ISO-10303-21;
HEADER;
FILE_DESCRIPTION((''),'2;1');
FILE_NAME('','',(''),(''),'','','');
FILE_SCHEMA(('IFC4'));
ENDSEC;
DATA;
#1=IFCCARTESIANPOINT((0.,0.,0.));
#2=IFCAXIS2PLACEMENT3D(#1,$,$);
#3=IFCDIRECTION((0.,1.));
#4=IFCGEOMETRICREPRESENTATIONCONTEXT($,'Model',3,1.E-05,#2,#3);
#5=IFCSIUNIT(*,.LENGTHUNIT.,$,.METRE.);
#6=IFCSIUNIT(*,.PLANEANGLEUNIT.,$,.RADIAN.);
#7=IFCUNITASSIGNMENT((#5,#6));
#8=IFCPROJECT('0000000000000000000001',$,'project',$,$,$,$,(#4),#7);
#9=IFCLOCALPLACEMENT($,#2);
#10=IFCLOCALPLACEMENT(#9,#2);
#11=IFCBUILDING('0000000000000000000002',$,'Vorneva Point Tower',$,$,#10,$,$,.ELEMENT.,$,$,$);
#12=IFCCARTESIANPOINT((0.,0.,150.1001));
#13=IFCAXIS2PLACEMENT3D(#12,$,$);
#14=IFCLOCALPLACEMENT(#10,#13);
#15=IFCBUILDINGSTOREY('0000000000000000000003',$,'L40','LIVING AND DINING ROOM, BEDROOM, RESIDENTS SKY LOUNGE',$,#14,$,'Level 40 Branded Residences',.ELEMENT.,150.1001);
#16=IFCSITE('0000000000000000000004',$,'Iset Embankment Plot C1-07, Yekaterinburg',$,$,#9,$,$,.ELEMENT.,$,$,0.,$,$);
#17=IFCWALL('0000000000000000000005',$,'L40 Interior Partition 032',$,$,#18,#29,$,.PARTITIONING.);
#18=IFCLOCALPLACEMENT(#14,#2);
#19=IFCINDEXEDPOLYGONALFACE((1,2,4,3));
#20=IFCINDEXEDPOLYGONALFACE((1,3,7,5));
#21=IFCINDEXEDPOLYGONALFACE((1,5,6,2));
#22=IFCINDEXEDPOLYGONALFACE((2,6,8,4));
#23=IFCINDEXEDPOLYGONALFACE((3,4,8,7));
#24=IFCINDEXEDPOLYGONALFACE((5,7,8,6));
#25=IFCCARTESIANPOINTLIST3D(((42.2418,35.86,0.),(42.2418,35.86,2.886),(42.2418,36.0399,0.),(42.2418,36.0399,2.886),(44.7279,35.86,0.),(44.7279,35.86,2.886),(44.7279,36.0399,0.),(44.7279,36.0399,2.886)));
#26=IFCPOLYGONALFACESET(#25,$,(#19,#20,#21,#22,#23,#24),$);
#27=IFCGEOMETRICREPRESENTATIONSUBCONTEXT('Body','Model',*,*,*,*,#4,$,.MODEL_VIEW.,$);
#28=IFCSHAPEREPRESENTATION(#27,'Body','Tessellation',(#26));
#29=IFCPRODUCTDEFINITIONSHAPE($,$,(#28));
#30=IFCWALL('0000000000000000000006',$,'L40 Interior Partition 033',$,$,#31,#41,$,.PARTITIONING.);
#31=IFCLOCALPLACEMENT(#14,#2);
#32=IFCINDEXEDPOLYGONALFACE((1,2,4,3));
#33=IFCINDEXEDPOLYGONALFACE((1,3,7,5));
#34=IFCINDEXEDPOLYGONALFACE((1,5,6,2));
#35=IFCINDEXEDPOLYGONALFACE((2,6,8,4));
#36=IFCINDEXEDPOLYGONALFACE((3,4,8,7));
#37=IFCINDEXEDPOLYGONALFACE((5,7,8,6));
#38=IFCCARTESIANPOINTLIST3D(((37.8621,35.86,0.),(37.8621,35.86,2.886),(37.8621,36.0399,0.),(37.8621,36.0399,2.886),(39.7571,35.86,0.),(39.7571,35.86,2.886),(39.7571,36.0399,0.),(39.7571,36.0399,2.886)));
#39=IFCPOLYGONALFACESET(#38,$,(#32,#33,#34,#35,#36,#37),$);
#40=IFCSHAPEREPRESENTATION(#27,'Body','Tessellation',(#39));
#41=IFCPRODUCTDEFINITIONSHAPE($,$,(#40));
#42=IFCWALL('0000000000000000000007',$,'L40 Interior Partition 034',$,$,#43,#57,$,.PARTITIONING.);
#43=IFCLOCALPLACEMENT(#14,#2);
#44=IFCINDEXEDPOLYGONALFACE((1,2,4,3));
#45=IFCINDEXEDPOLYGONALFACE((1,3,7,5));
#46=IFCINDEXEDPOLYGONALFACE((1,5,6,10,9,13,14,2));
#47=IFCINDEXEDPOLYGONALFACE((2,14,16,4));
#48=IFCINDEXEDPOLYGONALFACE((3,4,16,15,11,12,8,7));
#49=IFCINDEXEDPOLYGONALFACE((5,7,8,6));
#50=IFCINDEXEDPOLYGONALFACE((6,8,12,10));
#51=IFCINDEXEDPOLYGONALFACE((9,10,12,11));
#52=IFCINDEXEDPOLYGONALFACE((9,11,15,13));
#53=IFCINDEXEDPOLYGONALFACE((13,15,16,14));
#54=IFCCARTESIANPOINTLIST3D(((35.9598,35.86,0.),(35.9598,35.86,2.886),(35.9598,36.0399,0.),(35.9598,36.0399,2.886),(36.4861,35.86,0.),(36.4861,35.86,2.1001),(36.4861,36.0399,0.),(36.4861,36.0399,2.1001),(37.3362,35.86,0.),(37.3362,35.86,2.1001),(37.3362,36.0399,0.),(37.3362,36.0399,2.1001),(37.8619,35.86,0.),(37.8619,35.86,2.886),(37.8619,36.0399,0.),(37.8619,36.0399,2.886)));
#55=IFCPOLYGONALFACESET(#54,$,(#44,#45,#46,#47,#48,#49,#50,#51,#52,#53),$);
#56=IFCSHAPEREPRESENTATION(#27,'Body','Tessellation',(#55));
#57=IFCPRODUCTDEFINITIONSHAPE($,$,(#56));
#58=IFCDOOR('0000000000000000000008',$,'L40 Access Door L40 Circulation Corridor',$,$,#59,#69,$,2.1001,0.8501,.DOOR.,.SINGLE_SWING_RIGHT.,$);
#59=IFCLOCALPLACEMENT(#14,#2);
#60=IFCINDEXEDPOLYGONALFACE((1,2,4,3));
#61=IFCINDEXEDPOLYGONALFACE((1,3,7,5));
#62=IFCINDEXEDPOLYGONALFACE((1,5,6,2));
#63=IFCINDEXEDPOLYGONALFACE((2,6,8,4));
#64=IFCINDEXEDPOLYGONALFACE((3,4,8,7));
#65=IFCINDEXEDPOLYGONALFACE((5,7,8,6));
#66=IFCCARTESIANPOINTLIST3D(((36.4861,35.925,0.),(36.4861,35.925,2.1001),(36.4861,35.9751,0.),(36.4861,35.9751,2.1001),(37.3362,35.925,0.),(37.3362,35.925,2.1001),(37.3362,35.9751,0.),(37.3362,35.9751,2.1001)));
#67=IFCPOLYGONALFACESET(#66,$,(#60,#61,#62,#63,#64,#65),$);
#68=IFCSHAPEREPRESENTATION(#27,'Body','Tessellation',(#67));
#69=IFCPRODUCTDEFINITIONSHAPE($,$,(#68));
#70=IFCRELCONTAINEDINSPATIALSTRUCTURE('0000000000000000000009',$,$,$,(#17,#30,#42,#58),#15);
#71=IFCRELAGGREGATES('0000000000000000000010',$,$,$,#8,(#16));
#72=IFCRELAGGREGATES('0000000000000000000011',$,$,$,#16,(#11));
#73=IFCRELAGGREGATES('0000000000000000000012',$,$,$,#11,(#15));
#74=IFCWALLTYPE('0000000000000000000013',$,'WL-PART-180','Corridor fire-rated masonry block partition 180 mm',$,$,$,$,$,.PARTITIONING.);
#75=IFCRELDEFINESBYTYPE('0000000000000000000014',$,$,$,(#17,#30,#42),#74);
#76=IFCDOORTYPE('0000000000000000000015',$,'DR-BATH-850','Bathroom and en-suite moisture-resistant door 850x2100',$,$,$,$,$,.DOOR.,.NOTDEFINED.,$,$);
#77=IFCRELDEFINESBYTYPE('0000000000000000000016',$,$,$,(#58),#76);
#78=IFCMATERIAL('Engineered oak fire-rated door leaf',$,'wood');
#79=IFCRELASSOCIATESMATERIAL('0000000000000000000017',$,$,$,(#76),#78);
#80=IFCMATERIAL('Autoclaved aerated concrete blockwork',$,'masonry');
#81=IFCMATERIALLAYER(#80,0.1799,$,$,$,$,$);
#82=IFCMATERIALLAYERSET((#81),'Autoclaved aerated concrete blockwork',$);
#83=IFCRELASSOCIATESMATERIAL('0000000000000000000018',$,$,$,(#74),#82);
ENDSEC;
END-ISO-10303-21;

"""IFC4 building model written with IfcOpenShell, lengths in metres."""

from ifc_helpers import new_model, si_unit, direction, frame, frame_2d, origin, place, context, subcontext, project, spatial, rectangle, extrude, material, layer, layer_set, type_object, element, fill, save


model = new_model("IFC4")

# Units and contexts
model_context = context("Model", 3, precision=1e-05, world=origin(), true_north=direction((0.0, 1.0)))
body_context = subcontext(model_context, "Body", "Model", "MODEL_VIEW")
ifc_project = project(units=[si_unit("LENGTHUNIT", "METRE"), si_unit("PLANEANGLEUNIT", "RADIAN")], contexts=[model_context])

# Site, building, storey
site_placement = place(None, origin())
site = spatial("IfcSite", under=ifc_project, at=site_placement, Name="Iset Embankment Plot C1-07, Yekaterinburg", CompositionType="ELEMENT", RefElevation=0.0)
building_placement = place(site_placement, origin())
building = spatial("IfcBuilding", under=site, at=building_placement, Name="Vorneva Point Tower", CompositionType="ELEMENT")
storey_placement = place(building_placement, frame((0.0, 0.0, 150.1001)))
storey = spatial("IfcBuildingStorey", under=building, at=storey_placement, Name="L40", Description="LIVING AND DINING ROOM, BEDROOM, RESIDENTS SKY LOUNGE", LongName="Level 40 Branded Residences", CompositionType="ELEMENT", Elevation=150.1001)

# Shared definitions
ifc_material_1 = material(Name="Engineered oak fire-rated door leaf", Category="wood")
door_type_1 = type_object("IfcDoorType", Name="DR-BATH-850", Description="Bathroom and en-suite moisture-resistant door 850x2100", OperationType="NOTDEFINED", PredefinedType="DOOR", material=ifc_material_1)

# Shared definitions
ifc_material_2 = material(Name="Autoclaved aerated concrete blockwork", Category="masonry")
ifc_layer_1 = layer(ifc_material_2, 0.1799)
ifc_layer_set_1 = layer_set([ifc_layer_1], Name="Autoclaved aerated concrete blockwork")
wall_type_1 = type_object("IfcWallType", Name="WL-PART-180", Description="Corridor fire-rated masonry block partition 180 mm", PredefinedType="PARTITIONING", material=ifc_layer_set_1)

# Walls
wall_1_placement = place(storey_placement, frame((44.728, 35.95, 0.0), z_axis=(0.0, 0.0, 1.0), x_axis=(-1.0, 0.0, 0.0)))
element("IfcWall", 1, at=wall_1_placement, inside=storey, type_object=wall_type_1, Name="L40 Interior Partition 032", PredefinedType="PARTITIONING", context=body_context, shape_type="SweptSolid", body=[
    extrude(rectangle(XDim=2.4861, YDim=0.1799, at=frame_2d((1.2432, 0.0))), origin(), (0.0, 0.0, 1.0), 2.886),
])
wall_2_placement = place(storey_placement, frame((39.7571, 35.95, 0.0), z_axis=(0.0, 0.0, 1.0), x_axis=(-1.0, 0.0, 0.0)))
element("IfcWall", 2, at=wall_2_placement, inside=storey, type_object=wall_type_1, Name="L40 Interior Partition 033", PredefinedType="PARTITIONING", context=body_context, shape_type="SweptSolid", body=[
    extrude(rectangle(XDim=1.895, YDim=0.1799, at=frame_2d((0.9475, 0.0))), origin(), (0.0, 0.0, 1.0), 2.886),
])

# Wall, opening, door
wall_3_placement = place(storey_placement, frame((37.8621, 35.95, 0.0), z_axis=(0.0, 0.0, 1.0), x_axis=(-1.0, 0.0, 0.0)))
wall_3 = element("IfcWall", 3, at=wall_3_placement, inside=storey, type_object=wall_type_1, Name="L40 Interior Partition 034", PredefinedType="PARTITIONING", context=body_context, shape_type="SweptSolid", body=[
    extrude(rectangle(XDim=1.9021, YDim=0.1799, at=frame_2d((0.9512, 0.0))), origin(), (0.0, 0.0, 1.0), 2.886),
])
opening_1_placement = place(wall_3_placement, frame((0.5259, 0.0, 0.0)))
opening_1 = element("IfcOpeningElement", 4, at=opening_1_placement, cuts=wall_3, PredefinedType="OPENING", context=body_context, shape_type="SweptSolid", body=[
    extrude(rectangle(XDim=0.8501, YDim=2.1001, at=frame_2d((0.425, 1.05))), frame((0.0, 0.105, 0.0), z_axis=(0.0, -1.0, 0.0), x_axis=(1.0, 0.0, 0.0)), (0.0, 0.0, 1.0), 0.2097),
])
door_1_placement = place(opening_1_placement, origin())
door_1 = element("IfcDoor", 5, at=door_1_placement, inside=storey, type_object=door_type_1, Name="L40 Access Door L40 Circulation Corridor", OperationType="SINGLE_SWING_RIGHT", OverallHeight=2.1001, OverallWidth=0.8501, PredefinedType="DOOR", context=body_context, shape_type="SweptSolid", body=[
    extrude(rectangle(XDim=0.8501, YDim=2.1001, at=frame_2d((0.425, 1.05))), frame((0.0, 0.0249, 0.0), z_axis=(0.0, -1.0, 0.0), x_axis=(1.0, 0.0, 0.0)), (0.0, 0.0, 1.0), 0.05),
])
fill(opening_1, door_1)

save(model, "model.ifc")
